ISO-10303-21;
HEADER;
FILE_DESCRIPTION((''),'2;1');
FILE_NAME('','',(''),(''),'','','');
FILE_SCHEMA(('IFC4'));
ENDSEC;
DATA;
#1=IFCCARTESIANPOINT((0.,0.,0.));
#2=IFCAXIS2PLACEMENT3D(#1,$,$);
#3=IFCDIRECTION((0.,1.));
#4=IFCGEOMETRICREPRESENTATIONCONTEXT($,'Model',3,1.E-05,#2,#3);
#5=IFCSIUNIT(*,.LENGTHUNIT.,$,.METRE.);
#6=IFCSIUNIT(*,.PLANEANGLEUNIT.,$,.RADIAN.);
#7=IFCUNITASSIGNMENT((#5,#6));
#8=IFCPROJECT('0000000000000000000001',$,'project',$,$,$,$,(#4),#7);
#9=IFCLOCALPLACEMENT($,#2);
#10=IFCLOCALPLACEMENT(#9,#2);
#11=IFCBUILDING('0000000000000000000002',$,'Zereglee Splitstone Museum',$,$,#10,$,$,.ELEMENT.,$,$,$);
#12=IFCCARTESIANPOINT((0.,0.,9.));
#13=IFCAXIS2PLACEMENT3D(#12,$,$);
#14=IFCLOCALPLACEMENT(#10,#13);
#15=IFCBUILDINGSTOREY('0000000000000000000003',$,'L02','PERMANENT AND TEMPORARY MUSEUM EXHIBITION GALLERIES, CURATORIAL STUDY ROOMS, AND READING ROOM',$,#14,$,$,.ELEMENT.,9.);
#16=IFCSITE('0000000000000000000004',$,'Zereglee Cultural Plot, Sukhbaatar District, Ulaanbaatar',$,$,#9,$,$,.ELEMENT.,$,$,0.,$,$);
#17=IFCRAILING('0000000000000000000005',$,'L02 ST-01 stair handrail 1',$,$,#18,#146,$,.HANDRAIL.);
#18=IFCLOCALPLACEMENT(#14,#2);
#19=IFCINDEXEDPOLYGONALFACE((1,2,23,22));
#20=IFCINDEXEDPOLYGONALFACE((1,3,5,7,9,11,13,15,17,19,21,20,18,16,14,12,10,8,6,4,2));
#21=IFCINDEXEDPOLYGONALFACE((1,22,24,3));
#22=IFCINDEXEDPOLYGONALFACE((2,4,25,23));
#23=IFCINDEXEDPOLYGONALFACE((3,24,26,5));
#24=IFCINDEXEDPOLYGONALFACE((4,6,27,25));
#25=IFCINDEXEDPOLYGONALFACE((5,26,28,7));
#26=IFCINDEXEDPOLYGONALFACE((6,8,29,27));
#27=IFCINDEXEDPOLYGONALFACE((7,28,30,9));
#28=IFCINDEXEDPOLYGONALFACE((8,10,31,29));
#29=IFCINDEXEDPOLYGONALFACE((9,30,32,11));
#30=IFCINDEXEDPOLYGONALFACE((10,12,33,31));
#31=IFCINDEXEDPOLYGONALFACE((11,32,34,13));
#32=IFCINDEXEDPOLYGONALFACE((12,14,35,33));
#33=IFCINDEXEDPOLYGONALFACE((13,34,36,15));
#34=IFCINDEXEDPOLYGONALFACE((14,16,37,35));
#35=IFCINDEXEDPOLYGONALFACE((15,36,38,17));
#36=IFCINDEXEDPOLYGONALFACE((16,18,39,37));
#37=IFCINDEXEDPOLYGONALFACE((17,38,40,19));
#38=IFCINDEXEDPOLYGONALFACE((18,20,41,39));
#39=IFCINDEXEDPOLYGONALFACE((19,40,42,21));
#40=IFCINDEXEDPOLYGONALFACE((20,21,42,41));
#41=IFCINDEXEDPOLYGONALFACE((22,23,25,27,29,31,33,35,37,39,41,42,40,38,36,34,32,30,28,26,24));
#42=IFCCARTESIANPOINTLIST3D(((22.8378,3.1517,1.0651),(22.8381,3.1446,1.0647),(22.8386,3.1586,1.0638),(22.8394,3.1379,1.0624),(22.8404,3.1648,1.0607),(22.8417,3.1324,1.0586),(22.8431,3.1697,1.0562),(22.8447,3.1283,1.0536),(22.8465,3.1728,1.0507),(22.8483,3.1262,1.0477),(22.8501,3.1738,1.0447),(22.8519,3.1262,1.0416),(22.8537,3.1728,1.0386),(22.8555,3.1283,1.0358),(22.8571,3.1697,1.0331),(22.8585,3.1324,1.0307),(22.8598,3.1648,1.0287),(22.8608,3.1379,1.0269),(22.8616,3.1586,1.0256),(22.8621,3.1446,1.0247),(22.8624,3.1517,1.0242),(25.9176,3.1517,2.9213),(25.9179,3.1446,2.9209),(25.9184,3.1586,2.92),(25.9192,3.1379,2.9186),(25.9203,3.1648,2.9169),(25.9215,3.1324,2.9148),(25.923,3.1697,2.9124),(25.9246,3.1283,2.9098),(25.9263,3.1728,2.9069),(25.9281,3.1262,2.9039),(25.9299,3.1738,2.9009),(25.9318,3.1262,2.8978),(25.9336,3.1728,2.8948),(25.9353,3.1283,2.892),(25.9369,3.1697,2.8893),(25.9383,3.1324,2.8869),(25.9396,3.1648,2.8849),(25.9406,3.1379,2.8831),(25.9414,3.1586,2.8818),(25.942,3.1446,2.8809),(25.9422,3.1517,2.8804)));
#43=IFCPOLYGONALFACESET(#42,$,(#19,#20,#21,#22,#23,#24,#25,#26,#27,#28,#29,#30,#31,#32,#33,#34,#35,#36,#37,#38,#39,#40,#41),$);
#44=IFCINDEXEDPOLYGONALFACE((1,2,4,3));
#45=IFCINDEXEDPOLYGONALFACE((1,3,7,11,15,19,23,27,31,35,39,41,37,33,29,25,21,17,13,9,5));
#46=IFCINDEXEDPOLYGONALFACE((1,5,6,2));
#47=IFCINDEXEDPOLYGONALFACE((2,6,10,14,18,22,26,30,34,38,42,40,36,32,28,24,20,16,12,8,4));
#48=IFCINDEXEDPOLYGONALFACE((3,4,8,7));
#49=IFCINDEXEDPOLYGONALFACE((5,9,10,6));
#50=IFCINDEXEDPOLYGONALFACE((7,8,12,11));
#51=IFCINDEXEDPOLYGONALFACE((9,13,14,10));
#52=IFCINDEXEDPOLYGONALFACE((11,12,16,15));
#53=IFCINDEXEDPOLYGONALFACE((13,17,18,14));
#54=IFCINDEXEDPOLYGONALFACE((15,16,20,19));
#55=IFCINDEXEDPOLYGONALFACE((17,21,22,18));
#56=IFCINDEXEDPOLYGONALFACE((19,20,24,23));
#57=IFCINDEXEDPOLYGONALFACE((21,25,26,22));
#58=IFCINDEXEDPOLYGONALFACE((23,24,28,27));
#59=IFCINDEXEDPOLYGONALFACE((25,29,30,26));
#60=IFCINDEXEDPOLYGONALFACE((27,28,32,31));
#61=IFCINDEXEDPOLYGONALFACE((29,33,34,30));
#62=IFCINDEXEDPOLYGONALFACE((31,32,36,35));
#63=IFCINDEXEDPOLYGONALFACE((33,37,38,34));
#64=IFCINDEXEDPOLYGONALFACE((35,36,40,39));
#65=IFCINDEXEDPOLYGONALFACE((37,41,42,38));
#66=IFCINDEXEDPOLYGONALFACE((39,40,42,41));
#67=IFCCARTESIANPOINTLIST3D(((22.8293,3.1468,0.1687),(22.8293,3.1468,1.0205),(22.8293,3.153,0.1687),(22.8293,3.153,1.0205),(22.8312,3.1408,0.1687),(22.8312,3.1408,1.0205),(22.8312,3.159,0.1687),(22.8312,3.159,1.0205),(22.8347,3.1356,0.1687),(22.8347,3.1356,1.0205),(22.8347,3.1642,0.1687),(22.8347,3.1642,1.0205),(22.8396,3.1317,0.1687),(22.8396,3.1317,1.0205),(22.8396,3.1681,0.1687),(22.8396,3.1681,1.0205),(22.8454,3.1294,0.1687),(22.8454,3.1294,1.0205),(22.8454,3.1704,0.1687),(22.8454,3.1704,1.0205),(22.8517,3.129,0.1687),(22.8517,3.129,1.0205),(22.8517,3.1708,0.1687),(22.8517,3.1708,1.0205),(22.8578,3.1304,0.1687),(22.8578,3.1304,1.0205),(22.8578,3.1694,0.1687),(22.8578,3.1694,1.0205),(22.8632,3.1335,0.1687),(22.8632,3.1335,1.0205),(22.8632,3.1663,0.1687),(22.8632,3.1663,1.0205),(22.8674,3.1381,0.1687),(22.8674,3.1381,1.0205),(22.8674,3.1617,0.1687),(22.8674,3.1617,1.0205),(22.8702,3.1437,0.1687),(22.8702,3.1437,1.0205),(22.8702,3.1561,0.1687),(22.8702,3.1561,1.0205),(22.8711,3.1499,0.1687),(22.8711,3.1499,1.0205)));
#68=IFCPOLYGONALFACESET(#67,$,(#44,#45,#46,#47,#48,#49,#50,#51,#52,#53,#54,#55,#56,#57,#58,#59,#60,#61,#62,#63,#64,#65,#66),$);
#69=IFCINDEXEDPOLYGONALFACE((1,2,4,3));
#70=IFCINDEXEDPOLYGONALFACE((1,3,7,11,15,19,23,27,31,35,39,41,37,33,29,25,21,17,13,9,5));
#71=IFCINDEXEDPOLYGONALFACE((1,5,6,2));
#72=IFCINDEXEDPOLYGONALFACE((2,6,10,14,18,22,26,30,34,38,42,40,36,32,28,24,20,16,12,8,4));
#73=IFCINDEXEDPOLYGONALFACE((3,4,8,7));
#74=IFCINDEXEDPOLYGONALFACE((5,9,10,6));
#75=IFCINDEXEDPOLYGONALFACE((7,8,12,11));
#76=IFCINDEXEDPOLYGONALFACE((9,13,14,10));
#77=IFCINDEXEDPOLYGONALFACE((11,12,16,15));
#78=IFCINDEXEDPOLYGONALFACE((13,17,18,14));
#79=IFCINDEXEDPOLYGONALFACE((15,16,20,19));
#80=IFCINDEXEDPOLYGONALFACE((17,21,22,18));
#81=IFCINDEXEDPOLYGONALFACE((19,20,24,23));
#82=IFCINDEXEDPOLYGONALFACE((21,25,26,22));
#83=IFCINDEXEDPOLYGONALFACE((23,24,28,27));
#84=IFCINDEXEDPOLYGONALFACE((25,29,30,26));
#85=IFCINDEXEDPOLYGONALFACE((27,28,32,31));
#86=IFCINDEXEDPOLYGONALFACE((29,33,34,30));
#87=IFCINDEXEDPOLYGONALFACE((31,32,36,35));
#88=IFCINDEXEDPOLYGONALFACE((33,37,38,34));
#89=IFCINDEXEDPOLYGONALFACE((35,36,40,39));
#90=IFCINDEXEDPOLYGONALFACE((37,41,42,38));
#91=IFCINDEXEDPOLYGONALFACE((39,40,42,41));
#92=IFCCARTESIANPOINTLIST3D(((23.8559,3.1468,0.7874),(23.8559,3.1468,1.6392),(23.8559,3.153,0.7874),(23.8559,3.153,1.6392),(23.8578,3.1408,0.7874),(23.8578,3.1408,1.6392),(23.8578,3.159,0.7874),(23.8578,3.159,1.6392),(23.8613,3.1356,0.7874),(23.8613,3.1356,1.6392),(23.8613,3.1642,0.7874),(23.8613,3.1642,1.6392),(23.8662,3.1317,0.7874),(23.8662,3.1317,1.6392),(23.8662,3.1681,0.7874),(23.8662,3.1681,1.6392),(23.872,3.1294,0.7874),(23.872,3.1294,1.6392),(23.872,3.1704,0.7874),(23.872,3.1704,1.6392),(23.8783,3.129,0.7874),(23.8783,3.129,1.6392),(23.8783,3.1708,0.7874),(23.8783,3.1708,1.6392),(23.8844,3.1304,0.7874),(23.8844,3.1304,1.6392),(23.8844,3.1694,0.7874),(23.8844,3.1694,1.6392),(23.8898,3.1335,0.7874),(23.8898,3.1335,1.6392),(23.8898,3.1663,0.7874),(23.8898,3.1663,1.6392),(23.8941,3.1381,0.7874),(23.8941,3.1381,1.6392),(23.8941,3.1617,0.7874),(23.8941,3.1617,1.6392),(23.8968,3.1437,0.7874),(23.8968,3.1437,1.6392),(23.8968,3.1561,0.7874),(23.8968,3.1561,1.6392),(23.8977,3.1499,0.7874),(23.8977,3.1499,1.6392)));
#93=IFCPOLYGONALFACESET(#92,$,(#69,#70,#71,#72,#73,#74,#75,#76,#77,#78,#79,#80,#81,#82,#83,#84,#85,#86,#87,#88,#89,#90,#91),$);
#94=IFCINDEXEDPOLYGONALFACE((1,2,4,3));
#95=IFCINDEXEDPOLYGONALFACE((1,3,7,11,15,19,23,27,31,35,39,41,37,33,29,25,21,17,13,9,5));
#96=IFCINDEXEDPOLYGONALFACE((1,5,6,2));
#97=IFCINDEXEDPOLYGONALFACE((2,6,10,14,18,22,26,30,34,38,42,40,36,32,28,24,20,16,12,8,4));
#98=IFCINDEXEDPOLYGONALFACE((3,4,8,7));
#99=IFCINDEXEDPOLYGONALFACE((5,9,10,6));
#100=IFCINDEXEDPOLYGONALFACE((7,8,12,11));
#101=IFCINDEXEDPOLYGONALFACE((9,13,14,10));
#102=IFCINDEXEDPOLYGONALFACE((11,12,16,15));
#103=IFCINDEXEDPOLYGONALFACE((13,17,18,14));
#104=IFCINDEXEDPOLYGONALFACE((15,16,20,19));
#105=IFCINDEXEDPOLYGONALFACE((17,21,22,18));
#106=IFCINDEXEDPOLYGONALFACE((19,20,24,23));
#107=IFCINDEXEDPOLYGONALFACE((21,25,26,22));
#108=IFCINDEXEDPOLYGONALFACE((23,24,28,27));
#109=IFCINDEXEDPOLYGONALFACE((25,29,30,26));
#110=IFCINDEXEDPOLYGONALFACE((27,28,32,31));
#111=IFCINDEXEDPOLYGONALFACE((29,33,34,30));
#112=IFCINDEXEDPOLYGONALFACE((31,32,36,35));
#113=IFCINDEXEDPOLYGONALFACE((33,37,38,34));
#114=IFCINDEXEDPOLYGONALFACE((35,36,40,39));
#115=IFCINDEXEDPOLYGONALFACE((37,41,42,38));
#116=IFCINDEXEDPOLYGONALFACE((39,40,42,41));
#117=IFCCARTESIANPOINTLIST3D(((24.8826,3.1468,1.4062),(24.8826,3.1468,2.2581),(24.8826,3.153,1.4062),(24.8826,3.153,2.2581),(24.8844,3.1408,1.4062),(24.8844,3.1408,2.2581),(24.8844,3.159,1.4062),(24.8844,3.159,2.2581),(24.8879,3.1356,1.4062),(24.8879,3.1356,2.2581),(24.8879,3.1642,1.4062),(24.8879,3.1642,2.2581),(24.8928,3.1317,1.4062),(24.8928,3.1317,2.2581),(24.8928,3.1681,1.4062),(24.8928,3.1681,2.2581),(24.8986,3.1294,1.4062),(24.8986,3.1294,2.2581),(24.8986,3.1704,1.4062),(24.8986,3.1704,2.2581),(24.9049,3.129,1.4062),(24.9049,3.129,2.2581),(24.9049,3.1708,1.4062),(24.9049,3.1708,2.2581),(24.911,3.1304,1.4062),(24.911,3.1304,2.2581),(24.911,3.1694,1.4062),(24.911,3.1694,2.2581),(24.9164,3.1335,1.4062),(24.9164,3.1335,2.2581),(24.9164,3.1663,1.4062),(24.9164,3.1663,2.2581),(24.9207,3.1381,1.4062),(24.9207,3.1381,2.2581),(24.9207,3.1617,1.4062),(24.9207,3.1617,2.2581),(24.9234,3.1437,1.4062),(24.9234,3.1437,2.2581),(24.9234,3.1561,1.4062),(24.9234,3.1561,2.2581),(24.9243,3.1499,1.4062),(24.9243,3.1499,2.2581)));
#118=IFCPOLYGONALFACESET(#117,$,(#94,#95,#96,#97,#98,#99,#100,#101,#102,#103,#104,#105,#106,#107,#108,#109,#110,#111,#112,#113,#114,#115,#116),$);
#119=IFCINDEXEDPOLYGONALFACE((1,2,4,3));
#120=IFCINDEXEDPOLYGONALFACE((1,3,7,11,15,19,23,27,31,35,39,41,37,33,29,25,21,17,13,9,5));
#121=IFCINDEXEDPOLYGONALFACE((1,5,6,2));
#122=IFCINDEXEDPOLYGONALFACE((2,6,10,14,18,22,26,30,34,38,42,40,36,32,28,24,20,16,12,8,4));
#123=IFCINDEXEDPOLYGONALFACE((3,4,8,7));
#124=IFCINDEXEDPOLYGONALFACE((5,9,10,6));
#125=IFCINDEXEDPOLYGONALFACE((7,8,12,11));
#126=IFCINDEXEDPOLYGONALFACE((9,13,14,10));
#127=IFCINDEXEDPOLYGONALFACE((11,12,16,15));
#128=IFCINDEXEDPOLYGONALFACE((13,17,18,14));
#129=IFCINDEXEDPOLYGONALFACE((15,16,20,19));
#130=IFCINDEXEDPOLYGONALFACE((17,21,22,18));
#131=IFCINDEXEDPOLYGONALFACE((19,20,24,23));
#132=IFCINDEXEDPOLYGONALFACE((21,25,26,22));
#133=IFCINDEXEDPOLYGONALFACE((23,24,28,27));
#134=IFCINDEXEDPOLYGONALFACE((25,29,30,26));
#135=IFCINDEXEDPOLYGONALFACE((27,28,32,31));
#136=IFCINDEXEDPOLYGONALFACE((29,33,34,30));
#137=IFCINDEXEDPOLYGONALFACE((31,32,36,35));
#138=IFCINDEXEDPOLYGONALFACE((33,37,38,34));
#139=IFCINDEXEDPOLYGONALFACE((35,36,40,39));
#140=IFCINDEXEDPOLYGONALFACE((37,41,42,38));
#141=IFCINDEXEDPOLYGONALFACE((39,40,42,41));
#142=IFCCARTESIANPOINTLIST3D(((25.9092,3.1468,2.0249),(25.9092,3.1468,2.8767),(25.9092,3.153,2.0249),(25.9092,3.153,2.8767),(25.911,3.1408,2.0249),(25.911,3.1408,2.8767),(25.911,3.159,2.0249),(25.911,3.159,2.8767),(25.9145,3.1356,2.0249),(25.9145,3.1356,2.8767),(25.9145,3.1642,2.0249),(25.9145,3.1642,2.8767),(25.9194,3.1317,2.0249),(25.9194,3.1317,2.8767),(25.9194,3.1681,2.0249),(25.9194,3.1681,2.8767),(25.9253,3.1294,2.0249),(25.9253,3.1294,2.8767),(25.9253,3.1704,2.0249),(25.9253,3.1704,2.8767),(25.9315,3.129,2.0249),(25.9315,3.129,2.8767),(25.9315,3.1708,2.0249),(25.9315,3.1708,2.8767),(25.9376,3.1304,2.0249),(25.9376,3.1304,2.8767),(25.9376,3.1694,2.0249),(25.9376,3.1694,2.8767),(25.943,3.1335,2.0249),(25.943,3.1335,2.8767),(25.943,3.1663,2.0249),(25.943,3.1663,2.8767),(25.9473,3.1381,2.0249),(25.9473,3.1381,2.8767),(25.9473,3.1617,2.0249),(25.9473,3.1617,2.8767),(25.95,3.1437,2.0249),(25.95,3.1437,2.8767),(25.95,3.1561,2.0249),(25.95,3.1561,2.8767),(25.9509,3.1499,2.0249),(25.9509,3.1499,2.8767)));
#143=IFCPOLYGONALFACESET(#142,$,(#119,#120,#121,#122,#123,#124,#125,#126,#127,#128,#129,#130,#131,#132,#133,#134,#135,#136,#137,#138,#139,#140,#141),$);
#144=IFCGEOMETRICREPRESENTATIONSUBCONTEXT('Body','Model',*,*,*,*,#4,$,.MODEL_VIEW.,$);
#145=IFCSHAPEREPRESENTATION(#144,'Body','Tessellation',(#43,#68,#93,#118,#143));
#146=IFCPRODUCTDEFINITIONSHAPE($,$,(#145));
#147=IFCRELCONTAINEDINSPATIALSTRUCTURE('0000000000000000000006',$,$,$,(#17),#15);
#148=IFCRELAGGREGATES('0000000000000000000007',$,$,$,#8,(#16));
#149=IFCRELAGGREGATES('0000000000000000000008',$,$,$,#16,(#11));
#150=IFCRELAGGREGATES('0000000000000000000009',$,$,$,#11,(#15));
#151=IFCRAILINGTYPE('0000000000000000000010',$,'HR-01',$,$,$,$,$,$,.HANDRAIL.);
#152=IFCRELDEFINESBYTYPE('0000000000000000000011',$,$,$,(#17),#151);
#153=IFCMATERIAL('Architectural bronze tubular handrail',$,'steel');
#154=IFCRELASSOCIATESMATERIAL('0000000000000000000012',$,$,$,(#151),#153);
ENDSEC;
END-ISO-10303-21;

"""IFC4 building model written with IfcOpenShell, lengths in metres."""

from ifc_helpers import new_model, si_unit, direction, frame, origin, origin_2d, place, context, subcontext, project, spatial, circle, extrude, material, type_object, element, save


model = new_model("IFC4")

# Units and contexts
model_context = context("Model", 3, precision=1e-05, world=origin(), true_north=direction((0.0, 1.0)))
body_context = subcontext(model_context, "Body", "Model", "MODEL_VIEW")
ifc_project = project(units=[si_unit("LENGTHUNIT", "METRE"), si_unit("PLANEANGLEUNIT", "RADIAN")], contexts=[model_context])

# Site, building, storey
site_placement = place(None, origin())
site = spatial("IfcSite", under=ifc_project, at=site_placement, Name="Zereglee Cultural Plot, Sukhbaatar District, Ulaanbaatar", CompositionType="ELEMENT", RefElevation=0.0)
building_placement = place(site_placement, origin())
building = spatial("IfcBuilding", under=site, at=building_placement, Name="Zereglee Splitstone Museum", CompositionType="ELEMENT")
storey_placement = place(building_placement, frame((0.0, 0.0, 9.0)))
storey = spatial("IfcBuildingStorey", under=building, at=storey_placement, Name="L02", Description="PERMANENT AND TEMPORARY MUSEUM EXHIBITION GALLERIES, CURATORIAL STUDY ROOMS, AND READING ROOM", CompositionType="ELEMENT", Elevation=9.0)

# Railing
ifc_material_1 = material(Name="Architectural bronze tubular handrail", Category="steel")
railing_type_1 = type_object("IfcRailingType", Name="HR-01", PredefinedType="HANDRAIL", material=ifc_material_1)
railing_1_placement = place(storey_placement, frame((22.8501, 3.1499, 0.1687)))
element("IfcRailing", 1, at=railing_1_placement, inside=storey, type_object=railing_type_1, Name="L02 ST-01 stair handrail 1", PredefinedType="HANDRAIL", context=body_context, shape_type="SweptSolid", body=[
    extrude(circle(Radius=0.0239, at=origin_2d()), frame((0.0, 0.0, 0.876), z_axis=(0.856473, 0.0, 0.516192), x_axis=(0.0, 1.0, 0.0)), (0.0, 0.0, 1.0), 3.5959),
    extrude(circle(Radius=0.021, at=origin_2d()), origin(), (0.0, 0.0, 1.0), 0.8518),
    extrude(circle(Radius=0.021, at=origin_2d()), frame((1.0266, 0.0, 0.6187)), (0.0, 0.0, 1.0), 0.8518),
    extrude(circle(Radius=0.021, at=origin_2d()), frame((2.0532, 0.0, 1.2375)), (0.0, 0.0, 1.0), 0.8518),
    extrude(circle(Radius=0.021, at=origin_2d()), frame((3.0798, 0.0, 1.8562)), (0.0, 0.0, 1.0), 0.8518),
])

save(model, "model.ifc")
